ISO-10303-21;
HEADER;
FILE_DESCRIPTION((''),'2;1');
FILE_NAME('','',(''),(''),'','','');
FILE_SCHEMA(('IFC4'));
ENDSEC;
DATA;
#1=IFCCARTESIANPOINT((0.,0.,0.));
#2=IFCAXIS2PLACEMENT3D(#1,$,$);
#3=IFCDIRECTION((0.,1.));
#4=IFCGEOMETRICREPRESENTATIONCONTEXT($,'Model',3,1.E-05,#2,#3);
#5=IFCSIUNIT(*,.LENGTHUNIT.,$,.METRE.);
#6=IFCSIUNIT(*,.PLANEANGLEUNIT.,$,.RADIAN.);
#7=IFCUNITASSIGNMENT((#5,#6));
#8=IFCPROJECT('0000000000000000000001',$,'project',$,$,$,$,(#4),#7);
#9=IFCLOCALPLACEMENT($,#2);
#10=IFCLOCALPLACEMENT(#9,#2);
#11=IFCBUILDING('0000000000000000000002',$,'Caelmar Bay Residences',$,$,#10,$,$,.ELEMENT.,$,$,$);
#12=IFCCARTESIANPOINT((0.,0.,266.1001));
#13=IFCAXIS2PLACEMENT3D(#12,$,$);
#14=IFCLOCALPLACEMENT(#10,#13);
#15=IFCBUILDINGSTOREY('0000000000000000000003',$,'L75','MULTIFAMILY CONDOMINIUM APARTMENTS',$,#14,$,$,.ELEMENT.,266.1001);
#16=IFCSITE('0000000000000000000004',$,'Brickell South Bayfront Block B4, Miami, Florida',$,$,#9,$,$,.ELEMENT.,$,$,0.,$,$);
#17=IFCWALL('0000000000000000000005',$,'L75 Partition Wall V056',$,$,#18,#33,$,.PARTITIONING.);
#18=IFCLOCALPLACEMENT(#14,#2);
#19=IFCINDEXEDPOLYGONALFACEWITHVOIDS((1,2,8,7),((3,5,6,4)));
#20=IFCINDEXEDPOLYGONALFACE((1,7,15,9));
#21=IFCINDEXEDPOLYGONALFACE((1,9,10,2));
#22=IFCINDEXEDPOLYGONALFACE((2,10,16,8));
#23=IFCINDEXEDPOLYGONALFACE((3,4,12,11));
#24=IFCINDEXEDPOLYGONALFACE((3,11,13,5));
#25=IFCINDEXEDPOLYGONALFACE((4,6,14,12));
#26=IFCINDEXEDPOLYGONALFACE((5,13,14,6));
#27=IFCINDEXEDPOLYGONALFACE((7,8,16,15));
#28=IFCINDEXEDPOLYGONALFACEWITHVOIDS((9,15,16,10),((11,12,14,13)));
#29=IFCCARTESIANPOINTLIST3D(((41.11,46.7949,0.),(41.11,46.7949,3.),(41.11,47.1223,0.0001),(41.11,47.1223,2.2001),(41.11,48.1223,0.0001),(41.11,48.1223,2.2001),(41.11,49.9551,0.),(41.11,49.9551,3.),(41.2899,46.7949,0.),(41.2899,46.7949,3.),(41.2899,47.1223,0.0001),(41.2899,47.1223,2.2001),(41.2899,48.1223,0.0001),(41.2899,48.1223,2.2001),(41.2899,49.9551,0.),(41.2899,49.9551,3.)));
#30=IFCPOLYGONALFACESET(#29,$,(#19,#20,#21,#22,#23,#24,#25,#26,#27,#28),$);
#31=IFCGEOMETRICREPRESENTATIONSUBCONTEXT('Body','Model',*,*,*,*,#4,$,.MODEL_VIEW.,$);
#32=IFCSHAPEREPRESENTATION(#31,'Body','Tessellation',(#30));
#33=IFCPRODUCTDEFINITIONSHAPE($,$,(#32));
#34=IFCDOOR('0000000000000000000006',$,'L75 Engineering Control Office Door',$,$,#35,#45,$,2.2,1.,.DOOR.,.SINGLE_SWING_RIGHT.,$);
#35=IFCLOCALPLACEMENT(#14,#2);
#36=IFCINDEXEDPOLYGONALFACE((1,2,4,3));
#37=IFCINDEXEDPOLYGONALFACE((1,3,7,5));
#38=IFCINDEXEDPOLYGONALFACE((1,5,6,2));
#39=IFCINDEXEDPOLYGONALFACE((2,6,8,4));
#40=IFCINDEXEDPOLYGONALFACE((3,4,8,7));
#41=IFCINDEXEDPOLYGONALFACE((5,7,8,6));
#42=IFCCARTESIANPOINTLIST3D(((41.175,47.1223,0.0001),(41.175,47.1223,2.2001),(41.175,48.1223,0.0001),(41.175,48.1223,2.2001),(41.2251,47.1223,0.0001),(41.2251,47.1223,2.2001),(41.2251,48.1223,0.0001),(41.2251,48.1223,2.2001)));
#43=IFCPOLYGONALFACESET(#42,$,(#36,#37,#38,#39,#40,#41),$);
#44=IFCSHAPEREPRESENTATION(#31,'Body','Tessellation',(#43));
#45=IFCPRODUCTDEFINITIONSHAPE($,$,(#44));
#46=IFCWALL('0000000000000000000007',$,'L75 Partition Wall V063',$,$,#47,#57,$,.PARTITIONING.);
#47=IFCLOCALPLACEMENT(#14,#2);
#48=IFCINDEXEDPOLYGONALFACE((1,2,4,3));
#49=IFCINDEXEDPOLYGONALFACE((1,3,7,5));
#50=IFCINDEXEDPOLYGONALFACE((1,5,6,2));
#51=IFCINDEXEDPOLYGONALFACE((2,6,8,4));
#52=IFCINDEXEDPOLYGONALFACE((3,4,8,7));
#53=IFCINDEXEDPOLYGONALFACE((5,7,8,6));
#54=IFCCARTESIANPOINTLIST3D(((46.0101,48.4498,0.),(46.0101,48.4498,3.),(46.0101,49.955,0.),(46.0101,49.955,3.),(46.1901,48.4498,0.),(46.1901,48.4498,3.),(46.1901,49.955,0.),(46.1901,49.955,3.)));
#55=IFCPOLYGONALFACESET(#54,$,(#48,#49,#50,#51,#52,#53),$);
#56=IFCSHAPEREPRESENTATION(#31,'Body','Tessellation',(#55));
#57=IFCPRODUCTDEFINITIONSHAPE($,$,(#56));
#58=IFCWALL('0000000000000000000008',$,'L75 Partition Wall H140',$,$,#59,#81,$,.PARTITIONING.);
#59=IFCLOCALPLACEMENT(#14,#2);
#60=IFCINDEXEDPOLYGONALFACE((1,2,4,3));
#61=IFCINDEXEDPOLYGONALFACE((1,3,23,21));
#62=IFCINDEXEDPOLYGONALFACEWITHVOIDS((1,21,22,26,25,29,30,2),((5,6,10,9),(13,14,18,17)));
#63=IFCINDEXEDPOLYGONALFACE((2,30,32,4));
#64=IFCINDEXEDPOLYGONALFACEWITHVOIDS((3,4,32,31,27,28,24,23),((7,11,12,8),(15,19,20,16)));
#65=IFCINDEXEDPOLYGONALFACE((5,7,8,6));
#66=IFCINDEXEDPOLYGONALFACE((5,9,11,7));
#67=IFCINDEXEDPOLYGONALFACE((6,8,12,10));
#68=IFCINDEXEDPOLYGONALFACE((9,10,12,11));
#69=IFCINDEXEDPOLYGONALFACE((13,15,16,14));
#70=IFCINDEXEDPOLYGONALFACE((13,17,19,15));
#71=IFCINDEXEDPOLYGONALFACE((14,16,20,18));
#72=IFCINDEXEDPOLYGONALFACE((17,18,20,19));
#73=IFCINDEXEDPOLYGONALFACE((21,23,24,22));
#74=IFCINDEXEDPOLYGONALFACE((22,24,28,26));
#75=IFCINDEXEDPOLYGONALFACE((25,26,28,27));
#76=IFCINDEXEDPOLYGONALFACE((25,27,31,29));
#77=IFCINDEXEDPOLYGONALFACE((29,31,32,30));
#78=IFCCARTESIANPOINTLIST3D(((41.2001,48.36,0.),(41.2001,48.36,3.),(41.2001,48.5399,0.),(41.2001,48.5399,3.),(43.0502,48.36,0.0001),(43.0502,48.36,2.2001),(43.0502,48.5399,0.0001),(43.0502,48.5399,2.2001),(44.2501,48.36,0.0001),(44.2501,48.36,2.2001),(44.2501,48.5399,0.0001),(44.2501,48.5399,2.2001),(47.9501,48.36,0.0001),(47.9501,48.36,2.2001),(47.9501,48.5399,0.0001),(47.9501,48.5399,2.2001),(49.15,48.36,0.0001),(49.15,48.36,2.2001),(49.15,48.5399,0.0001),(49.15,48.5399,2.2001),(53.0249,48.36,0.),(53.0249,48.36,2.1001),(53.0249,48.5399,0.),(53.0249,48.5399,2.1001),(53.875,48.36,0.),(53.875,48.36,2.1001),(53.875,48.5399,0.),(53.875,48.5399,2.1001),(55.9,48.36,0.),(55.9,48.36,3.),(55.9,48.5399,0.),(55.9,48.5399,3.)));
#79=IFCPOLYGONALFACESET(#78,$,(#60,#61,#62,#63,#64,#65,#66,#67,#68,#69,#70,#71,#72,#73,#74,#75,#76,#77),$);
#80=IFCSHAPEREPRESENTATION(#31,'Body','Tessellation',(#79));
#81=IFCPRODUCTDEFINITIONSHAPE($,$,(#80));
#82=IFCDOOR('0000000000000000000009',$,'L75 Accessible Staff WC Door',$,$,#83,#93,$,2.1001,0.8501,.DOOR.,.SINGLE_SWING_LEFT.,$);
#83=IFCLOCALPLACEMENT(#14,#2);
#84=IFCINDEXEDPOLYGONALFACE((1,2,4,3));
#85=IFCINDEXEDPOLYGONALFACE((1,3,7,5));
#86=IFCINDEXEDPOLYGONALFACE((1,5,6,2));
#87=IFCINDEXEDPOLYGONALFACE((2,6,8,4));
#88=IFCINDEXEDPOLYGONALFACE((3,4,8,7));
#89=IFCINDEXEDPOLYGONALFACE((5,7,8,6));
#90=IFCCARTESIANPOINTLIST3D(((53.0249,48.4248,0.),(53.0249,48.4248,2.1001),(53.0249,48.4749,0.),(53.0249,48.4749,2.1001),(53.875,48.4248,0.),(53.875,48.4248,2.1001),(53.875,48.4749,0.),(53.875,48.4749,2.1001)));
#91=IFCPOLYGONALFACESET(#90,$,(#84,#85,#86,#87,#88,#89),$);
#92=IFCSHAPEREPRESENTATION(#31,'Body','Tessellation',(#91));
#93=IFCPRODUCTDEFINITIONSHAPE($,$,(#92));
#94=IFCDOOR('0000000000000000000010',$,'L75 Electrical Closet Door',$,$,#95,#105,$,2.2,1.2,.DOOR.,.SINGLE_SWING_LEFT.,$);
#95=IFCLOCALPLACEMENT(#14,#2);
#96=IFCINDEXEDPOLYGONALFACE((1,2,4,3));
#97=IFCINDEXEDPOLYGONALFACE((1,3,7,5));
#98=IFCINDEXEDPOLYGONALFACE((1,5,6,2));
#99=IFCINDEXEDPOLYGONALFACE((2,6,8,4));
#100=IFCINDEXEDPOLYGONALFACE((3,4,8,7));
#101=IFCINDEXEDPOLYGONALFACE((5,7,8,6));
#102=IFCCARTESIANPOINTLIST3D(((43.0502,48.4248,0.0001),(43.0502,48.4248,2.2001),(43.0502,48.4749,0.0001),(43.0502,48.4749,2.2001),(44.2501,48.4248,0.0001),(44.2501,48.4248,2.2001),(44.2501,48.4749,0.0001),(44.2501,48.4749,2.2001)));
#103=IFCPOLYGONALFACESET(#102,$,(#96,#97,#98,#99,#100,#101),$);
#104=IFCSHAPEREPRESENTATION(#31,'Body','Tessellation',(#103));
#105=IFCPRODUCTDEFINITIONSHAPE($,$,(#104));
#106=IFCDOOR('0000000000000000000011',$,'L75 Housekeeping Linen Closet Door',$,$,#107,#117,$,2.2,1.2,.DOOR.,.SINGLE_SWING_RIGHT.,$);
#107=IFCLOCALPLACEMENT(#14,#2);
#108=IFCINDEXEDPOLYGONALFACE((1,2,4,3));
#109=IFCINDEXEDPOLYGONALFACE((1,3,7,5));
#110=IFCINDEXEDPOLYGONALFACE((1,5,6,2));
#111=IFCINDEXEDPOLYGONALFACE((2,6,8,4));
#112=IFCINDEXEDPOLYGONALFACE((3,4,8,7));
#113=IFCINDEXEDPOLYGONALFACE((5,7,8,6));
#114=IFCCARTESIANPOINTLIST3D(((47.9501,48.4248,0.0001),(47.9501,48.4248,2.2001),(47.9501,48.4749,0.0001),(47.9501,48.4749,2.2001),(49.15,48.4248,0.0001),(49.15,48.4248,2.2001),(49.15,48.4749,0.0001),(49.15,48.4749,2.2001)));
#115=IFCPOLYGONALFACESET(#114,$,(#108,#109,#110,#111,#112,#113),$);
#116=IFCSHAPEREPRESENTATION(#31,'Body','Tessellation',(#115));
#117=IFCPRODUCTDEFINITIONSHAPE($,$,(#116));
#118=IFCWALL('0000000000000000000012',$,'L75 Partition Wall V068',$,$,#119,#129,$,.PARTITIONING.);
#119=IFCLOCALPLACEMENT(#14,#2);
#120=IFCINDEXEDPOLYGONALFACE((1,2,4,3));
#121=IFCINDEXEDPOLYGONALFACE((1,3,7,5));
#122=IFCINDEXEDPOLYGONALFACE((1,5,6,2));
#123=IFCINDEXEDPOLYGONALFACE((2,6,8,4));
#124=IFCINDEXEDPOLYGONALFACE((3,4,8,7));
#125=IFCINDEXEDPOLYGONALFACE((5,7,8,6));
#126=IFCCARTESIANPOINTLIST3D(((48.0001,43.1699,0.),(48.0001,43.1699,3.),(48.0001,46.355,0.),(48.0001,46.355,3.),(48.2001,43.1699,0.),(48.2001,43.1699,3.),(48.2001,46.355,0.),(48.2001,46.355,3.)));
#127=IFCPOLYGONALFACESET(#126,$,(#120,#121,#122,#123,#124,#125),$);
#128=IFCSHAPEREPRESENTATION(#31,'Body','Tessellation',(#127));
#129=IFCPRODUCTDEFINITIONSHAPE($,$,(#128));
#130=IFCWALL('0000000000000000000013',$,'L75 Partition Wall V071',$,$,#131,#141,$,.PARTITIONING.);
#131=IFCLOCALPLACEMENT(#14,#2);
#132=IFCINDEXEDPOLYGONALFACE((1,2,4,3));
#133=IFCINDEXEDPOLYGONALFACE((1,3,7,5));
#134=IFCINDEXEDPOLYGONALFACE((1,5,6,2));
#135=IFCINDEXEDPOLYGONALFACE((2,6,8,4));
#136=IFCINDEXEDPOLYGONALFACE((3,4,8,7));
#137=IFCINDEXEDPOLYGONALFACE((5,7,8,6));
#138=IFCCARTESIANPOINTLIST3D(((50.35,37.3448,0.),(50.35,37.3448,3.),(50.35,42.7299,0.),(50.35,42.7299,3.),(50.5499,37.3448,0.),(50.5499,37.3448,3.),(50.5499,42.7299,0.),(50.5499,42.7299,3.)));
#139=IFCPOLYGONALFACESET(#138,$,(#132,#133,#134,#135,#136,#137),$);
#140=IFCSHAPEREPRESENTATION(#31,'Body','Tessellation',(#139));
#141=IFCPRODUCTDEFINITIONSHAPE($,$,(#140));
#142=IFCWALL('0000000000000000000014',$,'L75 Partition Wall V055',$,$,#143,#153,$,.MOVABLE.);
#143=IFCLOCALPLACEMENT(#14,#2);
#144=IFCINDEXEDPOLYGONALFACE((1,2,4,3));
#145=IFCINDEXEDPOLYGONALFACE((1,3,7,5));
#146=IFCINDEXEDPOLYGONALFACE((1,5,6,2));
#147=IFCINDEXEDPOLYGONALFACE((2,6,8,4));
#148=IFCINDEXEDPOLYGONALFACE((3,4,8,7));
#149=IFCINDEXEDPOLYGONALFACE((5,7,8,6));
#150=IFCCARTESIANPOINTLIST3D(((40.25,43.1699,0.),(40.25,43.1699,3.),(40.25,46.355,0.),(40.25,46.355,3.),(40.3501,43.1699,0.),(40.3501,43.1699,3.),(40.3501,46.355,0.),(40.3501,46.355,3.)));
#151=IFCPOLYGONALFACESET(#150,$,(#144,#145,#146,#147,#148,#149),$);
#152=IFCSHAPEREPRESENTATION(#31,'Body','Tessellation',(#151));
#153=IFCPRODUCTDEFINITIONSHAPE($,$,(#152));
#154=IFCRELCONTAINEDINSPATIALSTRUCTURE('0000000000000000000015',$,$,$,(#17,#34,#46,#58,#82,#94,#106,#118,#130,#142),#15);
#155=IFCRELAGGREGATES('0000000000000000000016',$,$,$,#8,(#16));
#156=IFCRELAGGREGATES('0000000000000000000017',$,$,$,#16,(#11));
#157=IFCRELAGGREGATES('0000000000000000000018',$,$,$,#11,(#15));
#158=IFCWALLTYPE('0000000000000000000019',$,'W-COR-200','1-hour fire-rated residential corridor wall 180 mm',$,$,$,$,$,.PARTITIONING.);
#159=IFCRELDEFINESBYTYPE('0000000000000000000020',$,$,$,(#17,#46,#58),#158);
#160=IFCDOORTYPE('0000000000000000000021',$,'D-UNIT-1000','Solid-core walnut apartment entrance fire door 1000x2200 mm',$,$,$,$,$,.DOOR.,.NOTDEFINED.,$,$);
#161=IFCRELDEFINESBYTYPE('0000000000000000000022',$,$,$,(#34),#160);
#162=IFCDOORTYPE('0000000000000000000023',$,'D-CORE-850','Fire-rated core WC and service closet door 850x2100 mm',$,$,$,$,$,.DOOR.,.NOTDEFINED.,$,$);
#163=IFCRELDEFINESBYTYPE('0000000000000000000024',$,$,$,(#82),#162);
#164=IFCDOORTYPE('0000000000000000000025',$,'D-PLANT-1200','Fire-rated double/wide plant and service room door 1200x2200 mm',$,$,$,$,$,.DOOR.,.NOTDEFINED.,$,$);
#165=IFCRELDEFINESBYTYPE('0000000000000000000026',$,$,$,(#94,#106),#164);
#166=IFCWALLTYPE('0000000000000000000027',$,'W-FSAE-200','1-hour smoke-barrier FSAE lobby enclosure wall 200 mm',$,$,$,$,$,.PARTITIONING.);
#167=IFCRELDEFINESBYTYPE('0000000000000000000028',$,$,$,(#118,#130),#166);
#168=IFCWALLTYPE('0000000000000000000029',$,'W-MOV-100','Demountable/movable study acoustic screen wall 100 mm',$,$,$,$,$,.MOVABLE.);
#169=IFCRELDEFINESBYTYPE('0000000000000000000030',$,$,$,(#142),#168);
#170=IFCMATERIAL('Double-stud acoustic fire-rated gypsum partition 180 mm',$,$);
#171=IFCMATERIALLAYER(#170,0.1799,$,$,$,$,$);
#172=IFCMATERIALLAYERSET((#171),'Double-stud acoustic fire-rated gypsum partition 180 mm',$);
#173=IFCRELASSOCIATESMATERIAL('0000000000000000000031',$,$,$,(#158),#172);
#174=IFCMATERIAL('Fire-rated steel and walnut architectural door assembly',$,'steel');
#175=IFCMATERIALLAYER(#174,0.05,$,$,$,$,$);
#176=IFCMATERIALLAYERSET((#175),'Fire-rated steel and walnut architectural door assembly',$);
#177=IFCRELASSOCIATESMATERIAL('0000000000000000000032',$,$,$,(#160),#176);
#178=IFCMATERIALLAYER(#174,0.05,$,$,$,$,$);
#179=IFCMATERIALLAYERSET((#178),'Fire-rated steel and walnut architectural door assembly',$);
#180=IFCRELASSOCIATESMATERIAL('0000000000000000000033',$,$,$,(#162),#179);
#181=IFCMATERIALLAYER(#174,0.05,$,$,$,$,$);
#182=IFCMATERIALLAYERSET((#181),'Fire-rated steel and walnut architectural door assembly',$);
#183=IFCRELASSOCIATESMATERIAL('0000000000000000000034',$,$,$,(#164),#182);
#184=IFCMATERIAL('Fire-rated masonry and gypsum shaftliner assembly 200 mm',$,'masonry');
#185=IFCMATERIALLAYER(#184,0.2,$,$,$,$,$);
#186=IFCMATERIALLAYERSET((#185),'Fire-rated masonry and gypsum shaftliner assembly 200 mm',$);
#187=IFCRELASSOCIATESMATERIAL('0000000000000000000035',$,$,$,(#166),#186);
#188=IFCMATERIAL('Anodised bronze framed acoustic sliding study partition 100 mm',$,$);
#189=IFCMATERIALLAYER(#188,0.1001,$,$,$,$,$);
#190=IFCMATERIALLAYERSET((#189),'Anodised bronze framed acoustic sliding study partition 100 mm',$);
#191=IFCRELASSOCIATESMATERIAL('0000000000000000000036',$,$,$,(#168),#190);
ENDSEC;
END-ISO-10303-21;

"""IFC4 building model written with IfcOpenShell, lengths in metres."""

from ifc_helpers import new_model, si_unit, direction, frame, frame_2d, origin, place, context, subcontext, project, spatial, rectangle, extrude, material, layer, layer_set, type_object, element, fill, save


model = new_model("IFC4")

# Units and contexts
model_context = context("Model", 3, precision=1e-05, world=origin(), true_north=direction((0.0, 1.0)))
body_context = subcontext(model_context, "Body", "Model", "MODEL_VIEW")
ifc_project = project(units=[si_unit("LENGTHUNIT", "METRE"), si_unit("PLANEANGLEUNIT", "RADIAN")], contexts=[model_context])

# Site, building, storey
site_placement = place(None, origin())
site = spatial("IfcSite", under=ifc_project, at=site_placement, Name="Brickell South Bayfront Block B4, Miami, Florida", CompositionType="ELEMENT", RefElevation=0.0)
building_placement = place(site_placement, origin())
building = spatial("IfcBuilding", under=site, at=building_placement, Name="Caelmar Bay Residences", CompositionType="ELEMENT")
storey_placement = place(building_placement, frame((0.0, 0.0, 266.1001)))
storey = spatial("IfcBuildingStorey", under=building, at=storey_placement, Name="L75", Description="MULTIFAMILY CONDOMINIUM APARTMENTS", CompositionType="ELEMENT", Elevation=266.1001)

# Wall, opening, door
ifc_material_1 = material(Name="Double-stud acoustic fire-rated gypsum partition 180 mm")
ifc_layer_1 = layer(ifc_material_1, 0.1799)
ifc_layer_set_1 = layer_set([ifc_layer_1], Name="Double-stud acoustic fire-rated gypsum partition 180 mm")
wall_type_1 = type_object("IfcWallType", Name="W-COR-200", Description="1-hour fire-rated residential corridor wall 180 mm", PredefinedType="PARTITIONING", material=ifc_layer_set_1)
wall_1_placement = place(storey_placement, frame((41.2, 46.7949, 0.0), z_axis=(0.0, 0.0, 1.0), x_axis=(0.0, 1.0, 0.0)))
wall_1 = element("IfcWall", 1, at=wall_1_placement, inside=storey, type_object=wall_type_1, Name="L75 Partition Wall V056", PredefinedType="PARTITIONING", context=body_context, shape_type="SweptSolid", body=[
    extrude(rectangle(XDim=3.1602, YDim=0.1799, at=frame_2d((1.5801, 0.0))), origin(), (0.0, 0.0, 1.0), 3.0),
])
opening_1_placement = place(wall_1_placement, frame((0.3274, 0.0, 0.0)))
opening_1 = element("IfcOpeningElement", 2, at=opening_1_placement, cuts=wall_1, PredefinedType="OPENING", context=body_context, shape_type="SweptSolid", body=[
    extrude(rectangle(XDim=1.0, YDim=2.2, at=frame_2d((0.5, 1.1001))), frame((0.0, 0.0999, 0.0), z_axis=(0.0, -1.0, 0.0), x_axis=(1.0, 0.0, 0.0)), (0.0, 0.0, 1.0), 0.2),
])
ifc_material_2 = material(Name="Fire-rated steel and walnut architectural door assembly", Category="steel")
ifc_layer_2 = layer(ifc_material_2, 0.05)
ifc_layer_set_2 = layer_set([ifc_layer_2], Name="Fire-rated steel and walnut architectural door assembly")
door_type_1 = type_object("IfcDoorType", Name="D-UNIT-1000", Description="Solid-core walnut apartment entrance fire door 1000x2200 mm", OperationType="NOTDEFINED", PredefinedType="DOOR", material=ifc_layer_set_2)
door_1_placement = place(opening_1_placement, origin())
door_1 = element("IfcDoor", 3, at=door_1_placement, inside=storey, type_object=door_type_1, Name="L75 Engineering Control Office Door", OperationType="SINGLE_SWING_RIGHT", OverallHeight=2.2, OverallWidth=1.0, PredefinedType="DOOR", context=body_context, shape_type="SweptSolid", body=[
    extrude(rectangle(XDim=1.0, YDim=2.2, at=frame_2d((0.5, 1.1001))), frame((0.0, 0.0249, 0.0), z_axis=(0.0, -1.0, 0.0), x_axis=(1.0, 0.0, 0.0)), (0.0, 0.0, 1.0), 0.05),
])
fill(opening_1, door_1)

# Wall
wall_2_placement = place(storey_placement, frame((46.1001, 48.45, 0.0), z_axis=(0.0, 0.0, 1.0), x_axis=(0.0, 1.0, 0.0)))
element("IfcWall", 4, at=wall_2_placement, inside=storey, type_object=wall_type_1, Name="L75 Partition Wall V063", PredefinedType="PARTITIONING", context=body_context, shape_type="SweptSolid", body=[
    extrude(rectangle(XDim=1.5051, YDim=0.1799, at=frame_2d((0.7524, 0.0))), origin(), (0.0, 0.0, 1.0), 3.0),
])

# Wall, openings, doors
wall_3_placement = place(storey_placement, frame((41.2, 48.45, 0.0), z_axis=(0.0, 0.0, 1.0), x_axis=(1.0, 0.0, 0.0)))
wall_3 = element("IfcWall", 5, at=wall_3_placement, inside=storey, type_object=wall_type_1, Name="L75 Partition Wall H140", PredefinedType="PARTITIONING", context=body_context, shape_type="SweptSolid", body=[
    extrude(rectangle(XDim=14.7, YDim=0.1799, at=frame_2d((7.3501, 0.0))), origin(), (0.0, 0.0, 1.0), 3.0),
])
opening_2_placement = place(wall_3_placement, frame((1.8501, 0.0, 0.0)))
opening_2 = element("IfcOpeningElement", 6, at=opening_2_placement, cuts=wall_3, PredefinedType="OPENING", context=body_context, shape_type="SweptSolid", body=[
    extrude(rectangle(XDim=1.2, YDim=2.2, at=frame_2d((0.6001, 1.1001))), frame((0.0, 0.0999, 0.0), z_axis=(0.0, -1.0, 0.0), x_axis=(1.0, 0.0, 0.0)), (0.0, 0.0, 1.0), 0.2),
])
opening_3_placement = place(wall_3_placement, frame((6.75, 0.0, 0.0)))
opening_3 = element("IfcOpeningElement", 7, at=opening_3_placement, cuts=wall_3, PredefinedType="OPENING", context=body_context, shape_type="SweptSolid", body=[
    extrude(rectangle(XDim=1.2, YDim=2.2, at=frame_2d((0.6001, 1.1001))), frame((0.0, 0.0999, 0.0), z_axis=(0.0, -1.0, 0.0), x_axis=(1.0, 0.0, 0.0)), (0.0, 0.0, 1.0), 0.2),
])
opening_4_placement = place(wall_3_placement, frame((11.825, 0.0, 0.0)))
opening_4 = element("IfcOpeningElement", 8, at=opening_4_placement, cuts=wall_3, PredefinedType="OPENING", context=body_context, shape_type="SweptSolid", body=[
    extrude(rectangle(XDim=0.8501, YDim=2.1001, at=frame_2d((0.425, 1.05))), frame((0.0, 0.0999, 0.0), z_axis=(0.0, -1.0, 0.0), x_axis=(1.0, 0.0, 0.0)), (0.0, 0.0, 1.0), 0.2),
])
ifc_layer_3 = layer(ifc_material_2, 0.05)
ifc_layer_set_3 = layer_set([ifc_layer_3], Name="Fire-rated steel and walnut architectural door assembly")
door_type_2 = type_object("IfcDoorType", Name="D-CORE-850", Description="Fire-rated core WC and service closet door 850x2100 mm", OperationType="NOTDEFINED", PredefinedType="DOOR", material=ifc_layer_set_3)
door_2_placement = place(opening_4_placement, origin())
door_2 = element("IfcDoor", 9, at=door_2_placement, inside=storey, type_object=door_type_2, Name="L75 Accessible Staff WC Door", OperationType="SINGLE_SWING_LEFT", OverallHeight=2.1001, OverallWidth=0.8501, PredefinedType="DOOR", context=body_context, shape_type="SweptSolid", body=[
    extrude(rectangle(XDim=0.8501, YDim=2.1001, at=frame_2d((0.425, 1.05))), frame((0.0, 0.0249, 0.0), z_axis=(0.0, -1.0, 0.0), x_axis=(1.0, 0.0, 0.0)), (0.0, 0.0, 1.0), 0.05),
])
fill(opening_4, door_2)
ifc_layer_4 = layer(ifc_material_2, 0.05)
ifc_layer_set_4 = layer_set([ifc_layer_4], Name="Fire-rated steel and walnut architectural door assembly")
door_type_3 = type_object("IfcDoorType", Name="D-PLANT-1200", Description="Fire-rated double/wide plant and service room door 1200x2200 mm", OperationType="NOTDEFINED", PredefinedType="DOOR", material=ifc_layer_set_4)
door_3_placement = place(opening_2_placement, origin())
door_3 = element("IfcDoor", 10, at=door_3_placement, inside=storey, type_object=door_type_3, Name="L75 Electrical Closet Door", OperationType="SINGLE_SWING_LEFT", OverallHeight=2.2, OverallWidth=1.2, PredefinedType="DOOR", context=body_context, shape_type="SweptSolid", body=[
    extrude(rectangle(XDim=1.2, YDim=2.2, at=frame_2d((0.6001, 1.1001))), frame((0.0, 0.0249, 0.0), z_axis=(0.0, -1.0, 0.0), x_axis=(1.0, 0.0, 0.0)), (0.0, 0.0, 1.0), 0.05),
])
fill(opening_2, door_3)
door_4_placement = place(opening_3_placement, origin())
door_4 = element("IfcDoor", 11, at=door_4_placement, inside=storey, type_object=door_type_3, Name="L75 Housekeeping Linen Closet Door", OperationType="SINGLE_SWING_RIGHT", OverallHeight=2.2, OverallWidth=1.2, PredefinedType="DOOR", context=body_context, shape_type="SweptSolid", body=[
    extrude(rectangle(XDim=1.2, YDim=2.2, at=frame_2d((0.6001, 1.1001))), frame((0.0, 0.0249, 0.0), z_axis=(0.0, -1.0, 0.0), x_axis=(1.0, 0.0, 0.0)), (0.0, 0.0, 1.0), 0.05),
])
fill(opening_3, door_4)

# Walls
ifc_material_3 = material(Name="Fire-rated masonry and gypsum shaftliner assembly 200 mm", Category="masonry")
ifc_layer_5 = layer(ifc_material_3, 0.2)
ifc_layer_set_5 = layer_set([ifc_layer_5], Name="Fire-rated masonry and gypsum shaftliner assembly 200 mm")
wall_type_2 = type_object("IfcWallType", Name="W-FSAE-200", Description="1-hour smoke-barrier FSAE lobby enclosure wall 200 mm", PredefinedType="PARTITIONING", material=ifc_layer_set_5)
wall_4_placement = place(storey_placement, frame((48.1001, 43.1699, 0.0), z_axis=(0.0, 0.0, 1.0), x_axis=(0.0, 1.0, 0.0)))
element("IfcWall", 12, at=wall_4_placement, inside=storey, type_object=wall_type_2, Name="L75 Partition Wall V068", PredefinedType="PARTITIONING", context=body_context, shape_type="SweptSolid", body=[
    extrude(rectangle(XDim=3.1851, YDim=0.2, at=frame_2d((1.5925, 0.0))), origin(), (0.0, 0.0, 1.0), 3.0),
])
wall_5_placement = place(storey_placement, frame((50.45, 37.345, 0.0), z_axis=(0.0, 0.0, 1.0), x_axis=(0.0, 1.0, 0.0)))
element("IfcWall", 13, at=wall_5_placement, inside=storey, type_object=wall_type_2, Name="L75 Partition Wall V071", PredefinedType="PARTITIONING", context=body_context, shape_type="SweptSolid", body=[
    extrude(rectangle(XDim=5.385, YDim=0.2, at=frame_2d((2.6924, 0.0))), origin(), (0.0, 0.0, 1.0), 3.0),
])
ifc_material_4 = material(Name="Anodised bronze framed acoustic sliding study partition 100 mm")
ifc_layer_6 = layer(ifc_material_4, 0.1001)
ifc_layer_set_6 = layer_set([ifc_layer_6], Name="Anodised bronze framed acoustic sliding study partition 100 mm")
wall_type_3 = type_object("IfcWallType", Name="W-MOV-100", Description="Demountable/movable study acoustic screen wall 100 mm", PredefinedType="MOVABLE", material=ifc_layer_set_6)
wall_6_placement = place(storey_placement, frame((40.3, 43.1699, 0.0), z_axis=(0.0, 0.0, 1.0), x_axis=(0.0, 1.0, 0.0)))
element("IfcWall", 14, at=wall_6_placement, inside=storey, type_object=wall_type_3, Name="L75 Partition Wall V055", PredefinedType="MOVABLE", context=body_context, shape_type="SweptSolid", body=[
    extrude(rectangle(XDim=3.1851, YDim=0.1001, at=frame_2d((1.5925, 0.0))), origin(), (0.0, 0.0, 1.0), 3.0),
])

save(model, "model.ifc")
